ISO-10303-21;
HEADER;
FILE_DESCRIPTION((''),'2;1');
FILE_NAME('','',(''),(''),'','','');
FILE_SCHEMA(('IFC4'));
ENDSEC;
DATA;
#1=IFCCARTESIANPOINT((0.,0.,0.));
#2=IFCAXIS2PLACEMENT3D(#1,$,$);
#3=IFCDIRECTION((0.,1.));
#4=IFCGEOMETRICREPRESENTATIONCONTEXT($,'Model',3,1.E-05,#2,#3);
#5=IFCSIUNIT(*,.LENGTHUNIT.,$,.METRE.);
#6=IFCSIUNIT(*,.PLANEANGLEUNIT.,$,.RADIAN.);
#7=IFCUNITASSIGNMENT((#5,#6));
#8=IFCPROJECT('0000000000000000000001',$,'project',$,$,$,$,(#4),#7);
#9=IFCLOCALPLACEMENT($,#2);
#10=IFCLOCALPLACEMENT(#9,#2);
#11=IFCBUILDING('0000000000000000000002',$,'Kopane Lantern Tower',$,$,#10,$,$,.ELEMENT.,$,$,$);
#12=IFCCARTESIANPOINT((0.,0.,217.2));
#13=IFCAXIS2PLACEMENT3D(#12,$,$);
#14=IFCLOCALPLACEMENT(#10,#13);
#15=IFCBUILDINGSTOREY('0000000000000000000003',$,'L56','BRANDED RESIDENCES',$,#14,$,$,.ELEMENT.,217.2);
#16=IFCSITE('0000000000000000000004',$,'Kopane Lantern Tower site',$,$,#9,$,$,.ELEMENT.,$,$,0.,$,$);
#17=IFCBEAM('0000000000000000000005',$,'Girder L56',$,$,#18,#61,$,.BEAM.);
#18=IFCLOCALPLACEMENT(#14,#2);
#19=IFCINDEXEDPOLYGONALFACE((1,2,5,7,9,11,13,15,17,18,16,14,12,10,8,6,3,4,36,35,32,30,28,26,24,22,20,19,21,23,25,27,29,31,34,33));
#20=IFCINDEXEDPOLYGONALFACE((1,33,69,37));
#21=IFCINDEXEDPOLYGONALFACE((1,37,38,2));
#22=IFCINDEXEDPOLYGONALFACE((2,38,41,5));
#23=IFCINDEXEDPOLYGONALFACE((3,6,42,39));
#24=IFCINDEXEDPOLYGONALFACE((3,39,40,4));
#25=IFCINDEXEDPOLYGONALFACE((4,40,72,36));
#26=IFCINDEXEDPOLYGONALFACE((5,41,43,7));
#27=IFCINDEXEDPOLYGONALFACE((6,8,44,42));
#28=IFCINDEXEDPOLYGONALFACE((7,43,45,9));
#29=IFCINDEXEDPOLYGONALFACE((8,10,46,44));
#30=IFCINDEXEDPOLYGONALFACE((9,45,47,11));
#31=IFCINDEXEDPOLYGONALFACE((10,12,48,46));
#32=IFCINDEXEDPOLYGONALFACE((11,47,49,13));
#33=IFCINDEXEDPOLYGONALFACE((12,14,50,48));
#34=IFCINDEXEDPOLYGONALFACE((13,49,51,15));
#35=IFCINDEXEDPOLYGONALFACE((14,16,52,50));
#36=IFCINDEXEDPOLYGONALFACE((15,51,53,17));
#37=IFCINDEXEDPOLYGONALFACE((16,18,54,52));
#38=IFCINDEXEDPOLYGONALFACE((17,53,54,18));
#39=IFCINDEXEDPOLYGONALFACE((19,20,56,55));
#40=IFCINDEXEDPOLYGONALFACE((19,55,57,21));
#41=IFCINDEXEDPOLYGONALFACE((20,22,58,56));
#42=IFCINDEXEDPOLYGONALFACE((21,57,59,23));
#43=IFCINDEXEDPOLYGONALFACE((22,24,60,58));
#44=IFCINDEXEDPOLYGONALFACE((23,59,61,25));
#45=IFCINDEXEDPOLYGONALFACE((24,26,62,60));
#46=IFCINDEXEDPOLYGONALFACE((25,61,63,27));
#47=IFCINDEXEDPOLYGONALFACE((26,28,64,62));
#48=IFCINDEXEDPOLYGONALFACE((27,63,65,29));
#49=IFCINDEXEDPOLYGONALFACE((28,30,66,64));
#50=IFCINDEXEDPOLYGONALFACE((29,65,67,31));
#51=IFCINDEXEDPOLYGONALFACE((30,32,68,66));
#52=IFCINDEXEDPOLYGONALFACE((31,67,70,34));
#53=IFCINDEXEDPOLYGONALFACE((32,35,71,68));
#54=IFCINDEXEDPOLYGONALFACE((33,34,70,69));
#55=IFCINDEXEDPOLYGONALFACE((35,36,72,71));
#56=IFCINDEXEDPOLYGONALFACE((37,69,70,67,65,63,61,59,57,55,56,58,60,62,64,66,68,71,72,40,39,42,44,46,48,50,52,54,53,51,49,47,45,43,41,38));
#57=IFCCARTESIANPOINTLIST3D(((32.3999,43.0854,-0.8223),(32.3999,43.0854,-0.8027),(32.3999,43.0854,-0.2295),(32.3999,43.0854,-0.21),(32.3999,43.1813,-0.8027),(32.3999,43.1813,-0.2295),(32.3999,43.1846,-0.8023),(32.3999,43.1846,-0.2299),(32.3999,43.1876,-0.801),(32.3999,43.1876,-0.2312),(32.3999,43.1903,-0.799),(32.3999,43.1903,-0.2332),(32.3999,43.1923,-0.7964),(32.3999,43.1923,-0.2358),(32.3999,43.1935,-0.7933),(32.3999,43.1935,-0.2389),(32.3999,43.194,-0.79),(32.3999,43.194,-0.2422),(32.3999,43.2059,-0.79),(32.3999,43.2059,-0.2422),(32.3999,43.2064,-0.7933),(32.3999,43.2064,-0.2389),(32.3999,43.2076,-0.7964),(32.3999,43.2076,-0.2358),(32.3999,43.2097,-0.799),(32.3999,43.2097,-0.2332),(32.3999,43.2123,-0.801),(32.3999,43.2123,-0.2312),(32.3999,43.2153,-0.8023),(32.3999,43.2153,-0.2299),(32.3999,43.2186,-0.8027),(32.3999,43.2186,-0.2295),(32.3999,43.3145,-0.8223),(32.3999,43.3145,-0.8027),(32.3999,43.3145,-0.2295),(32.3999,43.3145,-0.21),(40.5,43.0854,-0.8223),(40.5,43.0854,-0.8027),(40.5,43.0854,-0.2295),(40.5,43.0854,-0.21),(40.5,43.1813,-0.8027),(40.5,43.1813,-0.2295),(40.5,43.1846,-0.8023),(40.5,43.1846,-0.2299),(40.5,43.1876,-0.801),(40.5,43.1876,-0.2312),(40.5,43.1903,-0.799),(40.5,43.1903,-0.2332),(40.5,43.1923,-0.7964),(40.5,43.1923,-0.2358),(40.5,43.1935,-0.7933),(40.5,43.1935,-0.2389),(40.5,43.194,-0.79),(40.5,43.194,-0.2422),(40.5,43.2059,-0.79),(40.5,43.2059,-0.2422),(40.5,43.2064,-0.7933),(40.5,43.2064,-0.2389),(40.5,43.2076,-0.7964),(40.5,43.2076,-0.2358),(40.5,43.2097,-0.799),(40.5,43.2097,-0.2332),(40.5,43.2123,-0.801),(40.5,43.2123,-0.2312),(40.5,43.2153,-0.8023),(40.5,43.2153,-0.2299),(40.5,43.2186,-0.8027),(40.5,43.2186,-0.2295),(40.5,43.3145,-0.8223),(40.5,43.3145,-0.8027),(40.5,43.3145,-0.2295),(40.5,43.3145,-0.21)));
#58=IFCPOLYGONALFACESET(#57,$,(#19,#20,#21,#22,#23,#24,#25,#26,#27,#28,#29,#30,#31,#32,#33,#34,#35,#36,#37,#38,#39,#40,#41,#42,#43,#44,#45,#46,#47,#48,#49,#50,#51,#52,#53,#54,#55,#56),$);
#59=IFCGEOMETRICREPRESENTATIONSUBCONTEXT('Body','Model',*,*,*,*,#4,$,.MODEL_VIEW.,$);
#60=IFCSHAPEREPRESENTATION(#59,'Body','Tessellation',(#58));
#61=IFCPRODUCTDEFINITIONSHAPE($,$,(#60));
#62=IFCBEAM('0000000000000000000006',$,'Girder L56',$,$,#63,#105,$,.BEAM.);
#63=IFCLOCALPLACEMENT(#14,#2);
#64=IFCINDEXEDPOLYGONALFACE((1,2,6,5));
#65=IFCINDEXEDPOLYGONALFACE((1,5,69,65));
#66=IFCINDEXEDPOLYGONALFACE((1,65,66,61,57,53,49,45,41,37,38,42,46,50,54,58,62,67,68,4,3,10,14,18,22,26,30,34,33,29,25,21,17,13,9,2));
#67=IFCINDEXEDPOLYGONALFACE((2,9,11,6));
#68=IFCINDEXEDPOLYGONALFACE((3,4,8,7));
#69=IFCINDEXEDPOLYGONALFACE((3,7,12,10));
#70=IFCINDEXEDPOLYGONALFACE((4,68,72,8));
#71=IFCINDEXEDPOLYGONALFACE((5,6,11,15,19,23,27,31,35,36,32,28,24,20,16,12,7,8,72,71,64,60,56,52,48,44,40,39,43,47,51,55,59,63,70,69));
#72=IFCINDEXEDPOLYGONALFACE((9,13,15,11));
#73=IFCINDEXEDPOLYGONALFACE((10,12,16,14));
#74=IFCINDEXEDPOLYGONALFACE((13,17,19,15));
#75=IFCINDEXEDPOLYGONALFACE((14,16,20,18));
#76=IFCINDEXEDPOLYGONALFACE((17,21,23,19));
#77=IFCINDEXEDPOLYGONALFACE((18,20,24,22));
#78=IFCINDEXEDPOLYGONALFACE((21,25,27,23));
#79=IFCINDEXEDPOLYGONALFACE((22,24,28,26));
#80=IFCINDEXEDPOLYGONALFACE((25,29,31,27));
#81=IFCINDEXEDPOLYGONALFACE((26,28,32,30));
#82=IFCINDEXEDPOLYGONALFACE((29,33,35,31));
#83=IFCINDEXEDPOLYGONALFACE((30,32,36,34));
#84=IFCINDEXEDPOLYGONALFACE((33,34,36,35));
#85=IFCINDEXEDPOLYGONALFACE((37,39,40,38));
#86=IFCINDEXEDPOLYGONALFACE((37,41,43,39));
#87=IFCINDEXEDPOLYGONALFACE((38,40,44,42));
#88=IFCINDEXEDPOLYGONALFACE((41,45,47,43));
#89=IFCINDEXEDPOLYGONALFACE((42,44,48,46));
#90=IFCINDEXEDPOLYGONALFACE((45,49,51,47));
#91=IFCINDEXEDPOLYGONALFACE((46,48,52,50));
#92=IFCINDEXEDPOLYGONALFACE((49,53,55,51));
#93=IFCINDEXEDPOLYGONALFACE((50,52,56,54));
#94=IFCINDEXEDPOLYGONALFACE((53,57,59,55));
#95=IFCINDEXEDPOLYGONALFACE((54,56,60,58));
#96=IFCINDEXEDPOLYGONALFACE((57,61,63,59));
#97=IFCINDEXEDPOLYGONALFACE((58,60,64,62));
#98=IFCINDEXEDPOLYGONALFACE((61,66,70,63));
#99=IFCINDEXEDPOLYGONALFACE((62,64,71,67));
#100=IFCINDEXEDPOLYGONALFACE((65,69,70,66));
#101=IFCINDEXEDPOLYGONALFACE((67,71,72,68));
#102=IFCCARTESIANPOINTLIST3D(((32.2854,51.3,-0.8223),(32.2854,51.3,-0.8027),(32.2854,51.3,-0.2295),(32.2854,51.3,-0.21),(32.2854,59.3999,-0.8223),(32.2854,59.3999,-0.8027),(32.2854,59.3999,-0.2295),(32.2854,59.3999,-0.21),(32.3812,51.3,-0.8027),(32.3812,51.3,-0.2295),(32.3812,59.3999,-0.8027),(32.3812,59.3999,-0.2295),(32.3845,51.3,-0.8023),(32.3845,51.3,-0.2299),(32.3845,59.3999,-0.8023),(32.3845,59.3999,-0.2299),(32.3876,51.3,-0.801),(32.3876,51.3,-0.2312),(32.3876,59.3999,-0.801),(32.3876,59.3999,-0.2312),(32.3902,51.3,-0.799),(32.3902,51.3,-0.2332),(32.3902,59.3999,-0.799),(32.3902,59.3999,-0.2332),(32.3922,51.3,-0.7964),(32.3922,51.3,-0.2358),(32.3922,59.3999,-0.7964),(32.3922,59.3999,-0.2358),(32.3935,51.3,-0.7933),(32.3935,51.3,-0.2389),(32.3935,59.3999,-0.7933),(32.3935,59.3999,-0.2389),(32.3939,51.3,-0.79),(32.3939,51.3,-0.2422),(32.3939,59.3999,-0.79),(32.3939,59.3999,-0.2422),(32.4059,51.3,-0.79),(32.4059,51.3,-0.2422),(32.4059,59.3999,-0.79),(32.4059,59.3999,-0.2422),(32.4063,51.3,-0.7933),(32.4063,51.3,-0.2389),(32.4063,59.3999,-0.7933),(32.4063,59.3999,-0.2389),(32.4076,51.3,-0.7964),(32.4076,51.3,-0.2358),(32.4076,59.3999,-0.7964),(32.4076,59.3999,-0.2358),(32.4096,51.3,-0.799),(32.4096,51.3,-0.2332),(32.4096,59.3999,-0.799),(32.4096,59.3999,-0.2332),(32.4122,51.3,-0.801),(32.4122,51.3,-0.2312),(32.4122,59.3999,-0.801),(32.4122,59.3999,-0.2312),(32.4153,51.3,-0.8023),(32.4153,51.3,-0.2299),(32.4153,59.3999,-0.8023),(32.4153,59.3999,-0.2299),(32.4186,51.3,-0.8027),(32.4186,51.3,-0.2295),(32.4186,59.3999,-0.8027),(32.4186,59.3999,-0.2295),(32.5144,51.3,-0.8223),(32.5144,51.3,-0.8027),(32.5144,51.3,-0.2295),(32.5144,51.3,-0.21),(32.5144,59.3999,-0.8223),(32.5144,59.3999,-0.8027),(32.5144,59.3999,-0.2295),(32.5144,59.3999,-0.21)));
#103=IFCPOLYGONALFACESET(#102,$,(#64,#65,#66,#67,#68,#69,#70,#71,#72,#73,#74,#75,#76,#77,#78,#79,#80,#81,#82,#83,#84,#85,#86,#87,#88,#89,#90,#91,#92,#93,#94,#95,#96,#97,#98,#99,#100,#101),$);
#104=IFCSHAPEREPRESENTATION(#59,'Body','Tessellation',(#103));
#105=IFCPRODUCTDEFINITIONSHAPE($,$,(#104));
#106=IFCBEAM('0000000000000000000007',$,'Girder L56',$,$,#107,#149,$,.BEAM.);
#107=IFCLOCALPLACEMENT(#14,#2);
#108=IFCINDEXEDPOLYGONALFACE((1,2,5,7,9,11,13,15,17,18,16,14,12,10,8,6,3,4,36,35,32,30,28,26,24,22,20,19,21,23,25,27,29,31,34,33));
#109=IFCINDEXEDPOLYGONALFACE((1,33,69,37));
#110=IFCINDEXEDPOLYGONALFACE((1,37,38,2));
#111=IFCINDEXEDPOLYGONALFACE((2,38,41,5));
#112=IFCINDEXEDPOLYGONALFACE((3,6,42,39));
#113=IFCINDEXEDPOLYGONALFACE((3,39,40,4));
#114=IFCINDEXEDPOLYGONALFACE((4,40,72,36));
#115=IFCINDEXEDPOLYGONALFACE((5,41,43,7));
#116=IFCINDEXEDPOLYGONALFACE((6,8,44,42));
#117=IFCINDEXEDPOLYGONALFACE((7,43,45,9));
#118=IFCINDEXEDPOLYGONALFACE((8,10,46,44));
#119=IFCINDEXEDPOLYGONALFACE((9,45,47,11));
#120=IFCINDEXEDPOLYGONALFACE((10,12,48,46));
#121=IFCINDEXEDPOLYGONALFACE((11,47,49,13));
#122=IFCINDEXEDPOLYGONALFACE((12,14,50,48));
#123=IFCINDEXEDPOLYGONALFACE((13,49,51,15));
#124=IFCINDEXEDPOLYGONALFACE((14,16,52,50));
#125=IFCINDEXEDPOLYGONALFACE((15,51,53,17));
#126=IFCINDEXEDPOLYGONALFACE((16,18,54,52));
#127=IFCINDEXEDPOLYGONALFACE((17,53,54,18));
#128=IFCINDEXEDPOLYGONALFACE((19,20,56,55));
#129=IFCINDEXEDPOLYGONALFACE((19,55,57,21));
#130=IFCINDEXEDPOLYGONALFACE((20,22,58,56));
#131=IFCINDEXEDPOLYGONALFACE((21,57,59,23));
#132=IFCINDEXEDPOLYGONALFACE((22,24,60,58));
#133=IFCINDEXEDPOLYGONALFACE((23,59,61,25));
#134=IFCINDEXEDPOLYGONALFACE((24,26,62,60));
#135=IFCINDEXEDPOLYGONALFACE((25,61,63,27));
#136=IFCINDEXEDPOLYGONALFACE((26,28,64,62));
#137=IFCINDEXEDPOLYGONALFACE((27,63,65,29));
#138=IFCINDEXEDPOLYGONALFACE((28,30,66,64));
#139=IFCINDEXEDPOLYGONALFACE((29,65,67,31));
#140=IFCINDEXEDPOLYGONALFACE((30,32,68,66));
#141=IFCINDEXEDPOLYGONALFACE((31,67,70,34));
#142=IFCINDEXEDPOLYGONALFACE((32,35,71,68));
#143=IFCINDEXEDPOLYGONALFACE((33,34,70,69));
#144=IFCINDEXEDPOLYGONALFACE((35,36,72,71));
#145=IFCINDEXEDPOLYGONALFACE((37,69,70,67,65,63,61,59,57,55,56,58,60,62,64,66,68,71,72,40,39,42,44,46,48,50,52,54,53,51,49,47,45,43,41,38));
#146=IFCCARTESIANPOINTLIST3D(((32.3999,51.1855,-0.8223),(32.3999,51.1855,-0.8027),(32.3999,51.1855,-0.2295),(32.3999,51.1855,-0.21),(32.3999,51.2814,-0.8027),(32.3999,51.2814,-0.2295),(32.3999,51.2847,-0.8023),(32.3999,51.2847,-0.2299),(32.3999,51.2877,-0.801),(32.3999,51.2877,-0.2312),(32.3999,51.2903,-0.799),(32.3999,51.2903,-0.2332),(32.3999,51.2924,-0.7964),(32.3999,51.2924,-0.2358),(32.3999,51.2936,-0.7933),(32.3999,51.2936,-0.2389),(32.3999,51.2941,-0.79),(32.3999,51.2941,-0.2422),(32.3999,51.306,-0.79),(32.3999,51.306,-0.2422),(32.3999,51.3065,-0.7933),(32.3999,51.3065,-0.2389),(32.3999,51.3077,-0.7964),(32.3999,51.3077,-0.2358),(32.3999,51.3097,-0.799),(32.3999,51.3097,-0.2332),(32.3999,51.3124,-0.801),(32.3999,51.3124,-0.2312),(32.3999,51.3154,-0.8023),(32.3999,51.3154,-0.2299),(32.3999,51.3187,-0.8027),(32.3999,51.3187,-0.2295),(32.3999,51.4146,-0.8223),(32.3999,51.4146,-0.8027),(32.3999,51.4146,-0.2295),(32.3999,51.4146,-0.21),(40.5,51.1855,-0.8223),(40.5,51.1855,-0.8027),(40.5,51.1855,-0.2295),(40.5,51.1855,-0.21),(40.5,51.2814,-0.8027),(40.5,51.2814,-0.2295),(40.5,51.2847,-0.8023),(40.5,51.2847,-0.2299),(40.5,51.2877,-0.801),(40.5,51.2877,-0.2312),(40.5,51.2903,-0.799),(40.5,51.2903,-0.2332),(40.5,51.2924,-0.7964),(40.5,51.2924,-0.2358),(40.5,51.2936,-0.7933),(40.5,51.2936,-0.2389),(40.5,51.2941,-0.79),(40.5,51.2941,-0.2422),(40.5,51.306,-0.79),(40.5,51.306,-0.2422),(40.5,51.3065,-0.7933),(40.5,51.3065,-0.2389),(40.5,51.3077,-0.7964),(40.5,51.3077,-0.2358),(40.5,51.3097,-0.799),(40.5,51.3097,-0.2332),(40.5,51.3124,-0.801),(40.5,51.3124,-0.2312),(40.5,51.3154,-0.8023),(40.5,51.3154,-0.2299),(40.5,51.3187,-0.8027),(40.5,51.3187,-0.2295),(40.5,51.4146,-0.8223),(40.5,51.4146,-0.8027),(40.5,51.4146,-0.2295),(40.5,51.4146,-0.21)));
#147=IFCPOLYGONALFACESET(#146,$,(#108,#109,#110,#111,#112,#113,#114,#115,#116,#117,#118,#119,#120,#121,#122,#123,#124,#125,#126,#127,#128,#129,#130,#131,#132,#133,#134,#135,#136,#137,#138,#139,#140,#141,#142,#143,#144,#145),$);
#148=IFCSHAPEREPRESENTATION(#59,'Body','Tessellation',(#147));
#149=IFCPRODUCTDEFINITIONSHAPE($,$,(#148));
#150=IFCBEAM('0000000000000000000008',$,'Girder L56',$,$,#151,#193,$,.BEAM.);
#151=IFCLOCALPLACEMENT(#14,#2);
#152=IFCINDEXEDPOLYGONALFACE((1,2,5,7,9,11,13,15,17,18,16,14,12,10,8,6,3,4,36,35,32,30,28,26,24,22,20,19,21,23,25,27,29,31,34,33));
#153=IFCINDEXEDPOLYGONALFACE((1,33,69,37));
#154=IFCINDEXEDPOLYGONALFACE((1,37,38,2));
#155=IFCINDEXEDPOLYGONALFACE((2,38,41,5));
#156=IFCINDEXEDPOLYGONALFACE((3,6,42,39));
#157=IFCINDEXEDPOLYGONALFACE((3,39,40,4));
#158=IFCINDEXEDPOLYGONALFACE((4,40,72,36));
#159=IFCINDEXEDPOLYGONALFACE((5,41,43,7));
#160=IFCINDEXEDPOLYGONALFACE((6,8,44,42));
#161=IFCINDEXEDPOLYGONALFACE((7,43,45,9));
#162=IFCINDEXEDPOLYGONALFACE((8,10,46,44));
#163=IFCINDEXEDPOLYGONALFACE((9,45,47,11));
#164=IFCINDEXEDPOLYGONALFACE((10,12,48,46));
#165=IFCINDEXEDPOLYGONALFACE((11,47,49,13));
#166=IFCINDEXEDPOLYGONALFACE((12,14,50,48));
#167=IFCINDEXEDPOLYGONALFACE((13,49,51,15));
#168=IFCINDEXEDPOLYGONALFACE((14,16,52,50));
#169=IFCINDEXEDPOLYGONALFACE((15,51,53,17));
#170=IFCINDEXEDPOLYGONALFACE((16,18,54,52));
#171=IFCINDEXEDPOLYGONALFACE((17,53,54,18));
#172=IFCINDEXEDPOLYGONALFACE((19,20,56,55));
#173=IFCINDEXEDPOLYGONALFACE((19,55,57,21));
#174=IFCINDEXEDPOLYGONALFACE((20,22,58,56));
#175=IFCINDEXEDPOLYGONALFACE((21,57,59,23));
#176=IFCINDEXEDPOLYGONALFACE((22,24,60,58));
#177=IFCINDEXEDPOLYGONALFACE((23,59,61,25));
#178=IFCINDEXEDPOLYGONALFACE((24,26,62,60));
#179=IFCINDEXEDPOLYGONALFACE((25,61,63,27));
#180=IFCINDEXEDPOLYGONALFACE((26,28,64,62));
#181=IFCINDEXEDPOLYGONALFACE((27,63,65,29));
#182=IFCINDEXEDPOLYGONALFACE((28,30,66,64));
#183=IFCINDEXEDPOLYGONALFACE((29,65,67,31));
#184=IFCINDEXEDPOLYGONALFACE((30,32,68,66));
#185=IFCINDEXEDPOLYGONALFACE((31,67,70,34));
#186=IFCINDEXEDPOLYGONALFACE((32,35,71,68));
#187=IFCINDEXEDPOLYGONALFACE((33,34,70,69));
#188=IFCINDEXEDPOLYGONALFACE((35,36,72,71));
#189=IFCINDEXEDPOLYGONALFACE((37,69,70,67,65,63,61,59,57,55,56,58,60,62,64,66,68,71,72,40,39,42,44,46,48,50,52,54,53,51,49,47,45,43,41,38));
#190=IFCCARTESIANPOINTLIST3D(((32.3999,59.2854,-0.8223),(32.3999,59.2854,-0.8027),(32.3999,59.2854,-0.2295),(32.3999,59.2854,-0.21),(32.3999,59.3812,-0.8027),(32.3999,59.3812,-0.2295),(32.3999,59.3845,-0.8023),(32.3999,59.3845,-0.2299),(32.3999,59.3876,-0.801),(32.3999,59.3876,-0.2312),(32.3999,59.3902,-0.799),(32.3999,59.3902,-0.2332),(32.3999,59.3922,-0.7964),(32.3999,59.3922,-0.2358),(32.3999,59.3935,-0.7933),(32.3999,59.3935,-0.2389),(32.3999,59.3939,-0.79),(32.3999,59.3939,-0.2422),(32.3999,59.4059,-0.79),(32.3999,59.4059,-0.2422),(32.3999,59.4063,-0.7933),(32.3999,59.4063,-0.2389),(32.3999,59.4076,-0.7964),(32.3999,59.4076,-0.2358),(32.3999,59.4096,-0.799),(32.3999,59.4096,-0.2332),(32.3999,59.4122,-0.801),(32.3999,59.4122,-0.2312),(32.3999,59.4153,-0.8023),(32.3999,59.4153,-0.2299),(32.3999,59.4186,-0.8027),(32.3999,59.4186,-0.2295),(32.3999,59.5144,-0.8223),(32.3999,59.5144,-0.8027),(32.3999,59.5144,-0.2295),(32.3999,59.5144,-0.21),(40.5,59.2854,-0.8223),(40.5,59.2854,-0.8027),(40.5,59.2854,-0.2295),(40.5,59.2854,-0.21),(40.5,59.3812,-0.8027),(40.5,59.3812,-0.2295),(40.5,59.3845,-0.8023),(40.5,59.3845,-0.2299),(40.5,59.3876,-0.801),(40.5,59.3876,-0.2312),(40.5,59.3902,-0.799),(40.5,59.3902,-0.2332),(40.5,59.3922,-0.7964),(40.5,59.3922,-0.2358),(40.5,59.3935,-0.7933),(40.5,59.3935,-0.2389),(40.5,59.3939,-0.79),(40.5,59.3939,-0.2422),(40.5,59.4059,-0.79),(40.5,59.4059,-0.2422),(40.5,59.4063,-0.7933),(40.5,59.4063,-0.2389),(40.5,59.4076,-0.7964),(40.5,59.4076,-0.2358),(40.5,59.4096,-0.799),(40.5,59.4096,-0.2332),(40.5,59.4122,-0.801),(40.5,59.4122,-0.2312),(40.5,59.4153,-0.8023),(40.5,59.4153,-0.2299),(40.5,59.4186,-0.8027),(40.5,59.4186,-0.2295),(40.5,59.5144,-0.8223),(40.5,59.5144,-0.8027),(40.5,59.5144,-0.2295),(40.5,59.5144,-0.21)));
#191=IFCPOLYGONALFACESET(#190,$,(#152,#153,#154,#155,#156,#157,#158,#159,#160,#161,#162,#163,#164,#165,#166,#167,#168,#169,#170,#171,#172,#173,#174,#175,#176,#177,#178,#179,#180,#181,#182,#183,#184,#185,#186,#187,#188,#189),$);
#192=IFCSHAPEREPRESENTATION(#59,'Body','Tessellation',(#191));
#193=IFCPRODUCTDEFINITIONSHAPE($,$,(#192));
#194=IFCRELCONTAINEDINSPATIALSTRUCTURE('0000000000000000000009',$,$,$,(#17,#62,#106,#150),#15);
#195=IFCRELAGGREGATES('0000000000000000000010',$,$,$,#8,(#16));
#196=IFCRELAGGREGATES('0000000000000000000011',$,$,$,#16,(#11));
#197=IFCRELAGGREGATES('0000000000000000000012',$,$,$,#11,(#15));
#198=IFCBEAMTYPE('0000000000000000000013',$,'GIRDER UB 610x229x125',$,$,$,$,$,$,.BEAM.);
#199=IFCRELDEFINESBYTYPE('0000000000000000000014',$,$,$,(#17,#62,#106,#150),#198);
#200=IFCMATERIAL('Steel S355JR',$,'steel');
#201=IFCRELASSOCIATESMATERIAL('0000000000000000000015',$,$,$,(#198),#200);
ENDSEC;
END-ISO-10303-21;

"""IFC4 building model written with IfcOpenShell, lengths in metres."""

from ifc_helpers import new_model, si_unit, direction, frame, origin, origin_2d, place, context, subcontext, project, spatial, i_section, extrude, material, material_profile, profile_set, type_object, element, save


model = new_model("IFC4")

# Units and contexts
model_context = context("Model", 3, precision=1e-05, world=origin(), true_north=direction((0.0, 1.0)))
body_context = subcontext(model_context, "Body", "Model", "MODEL_VIEW")
ifc_project = project(units=[si_unit("LENGTHUNIT", "METRE"), si_unit("PLANEANGLEUNIT", "RADIAN")], contexts=[model_context])

# Site, building, storey
site_placement = place(None, origin())
site = spatial("IfcSite", under=ifc_project, at=site_placement, Name="Kopane Lantern Tower site", CompositionType="ELEMENT", RefElevation=0.0)
building_placement = place(site_placement, origin())
building = spatial("IfcBuilding", under=site, at=building_placement, Name="Kopane Lantern Tower", CompositionType="ELEMENT")
storey_placement = place(building_placement, frame((0.0, 0.0, 217.2)))
storey = spatial("IfcBuildingStorey", under=building, at=storey_placement, Name="L56", Description="BRANDED RESIDENCES", CompositionType="ELEMENT", Elevation=217.2)

# Beams
ifc_material_1 = material(Name="Steel S355JR", Category="steel")
ifc_material_profile_1 = material_profile(ifc_material_1, i_section(OverallWidth=0.229, OverallDepth=0.6123, WebThickness=0.012, FlangeThickness=0.0195, FilletRadius=0.0127, at=origin_2d()), Name="UB 610x229x125")
ifc_profile_set_1 = profile_set([ifc_material_profile_1], Name="Steel S355JR")
beam_type = type_object("IfcBeamType", Name="GIRDER UB 610x229x125", PredefinedType="BEAM", material=ifc_profile_set_1)
for number, where, z_axis, x_axis, name in (
    (1, (32.3999, 43.2, -0.5161), (1.0, 0.0, 0.0), (0.0, 1.0, 0.0), "Girder L56"),
):
    element("IfcBeam", number, at=place(storey_placement, frame(where, z_axis=z_axis, x_axis=x_axis)), inside=storey, type_object=beam_type, Name=name, PredefinedType="BEAM", context=body_context, shape_type="SweptSolid", body=[
        extrude(i_section(OverallWidth=0.229, OverallDepth=0.6123, WebThickness=0.012, FlangeThickness=0.0195, FilletRadius=0.0127, at=origin_2d()), origin(), (0.0, 0.0, 1.0), 8.1001),
    ])
beam_placement = place(storey_placement, frame((32.3999, 51.3, -0.5161), z_axis=(0.0, 1.0, 0.0), x_axis=(-1.0, 0.0, 0.0)))
element("IfcBeam", 2, at=beam_placement, inside=storey, type_object=beam_type, Name="Girder L56", PredefinedType="BEAM", context=body_context, shape_type="SweptSolid", body=[
    extrude(i_section(OverallWidth=0.229, OverallDepth=0.6123, WebThickness=0.012, FlangeThickness=0.0195, FilletRadius=0.0127, at=origin_2d()), origin(), (0.0, 0.0, 1.0), 8.0999),
])
for number, where, z_axis, x_axis, name in (
    (3, (32.3999, 51.3, -0.5161), (1.0, 0.0, 0.0), (0.0, 1.0, 0.0), "Girder L56"),
    (4, (32.3999, 59.3999, -0.5161), (1.0, 0.0, 0.0), (0.0, 1.0, 0.0), "Girder L56"),
):
    element("IfcBeam", number, at=place(storey_placement, frame(where, z_axis=z_axis, x_axis=x_axis)), inside=storey, type_object=beam_type, Name=name, PredefinedType="BEAM", context=body_context, shape_type="SweptSolid", body=[
        extrude(i_section(OverallWidth=0.229, OverallDepth=0.6123, WebThickness=0.012, FlangeThickness=0.0195, FilletRadius=0.0127, at=origin_2d()), origin(), (0.0, 0.0, 1.0), 8.1001),
    ])

save(model, "model.ifc")
